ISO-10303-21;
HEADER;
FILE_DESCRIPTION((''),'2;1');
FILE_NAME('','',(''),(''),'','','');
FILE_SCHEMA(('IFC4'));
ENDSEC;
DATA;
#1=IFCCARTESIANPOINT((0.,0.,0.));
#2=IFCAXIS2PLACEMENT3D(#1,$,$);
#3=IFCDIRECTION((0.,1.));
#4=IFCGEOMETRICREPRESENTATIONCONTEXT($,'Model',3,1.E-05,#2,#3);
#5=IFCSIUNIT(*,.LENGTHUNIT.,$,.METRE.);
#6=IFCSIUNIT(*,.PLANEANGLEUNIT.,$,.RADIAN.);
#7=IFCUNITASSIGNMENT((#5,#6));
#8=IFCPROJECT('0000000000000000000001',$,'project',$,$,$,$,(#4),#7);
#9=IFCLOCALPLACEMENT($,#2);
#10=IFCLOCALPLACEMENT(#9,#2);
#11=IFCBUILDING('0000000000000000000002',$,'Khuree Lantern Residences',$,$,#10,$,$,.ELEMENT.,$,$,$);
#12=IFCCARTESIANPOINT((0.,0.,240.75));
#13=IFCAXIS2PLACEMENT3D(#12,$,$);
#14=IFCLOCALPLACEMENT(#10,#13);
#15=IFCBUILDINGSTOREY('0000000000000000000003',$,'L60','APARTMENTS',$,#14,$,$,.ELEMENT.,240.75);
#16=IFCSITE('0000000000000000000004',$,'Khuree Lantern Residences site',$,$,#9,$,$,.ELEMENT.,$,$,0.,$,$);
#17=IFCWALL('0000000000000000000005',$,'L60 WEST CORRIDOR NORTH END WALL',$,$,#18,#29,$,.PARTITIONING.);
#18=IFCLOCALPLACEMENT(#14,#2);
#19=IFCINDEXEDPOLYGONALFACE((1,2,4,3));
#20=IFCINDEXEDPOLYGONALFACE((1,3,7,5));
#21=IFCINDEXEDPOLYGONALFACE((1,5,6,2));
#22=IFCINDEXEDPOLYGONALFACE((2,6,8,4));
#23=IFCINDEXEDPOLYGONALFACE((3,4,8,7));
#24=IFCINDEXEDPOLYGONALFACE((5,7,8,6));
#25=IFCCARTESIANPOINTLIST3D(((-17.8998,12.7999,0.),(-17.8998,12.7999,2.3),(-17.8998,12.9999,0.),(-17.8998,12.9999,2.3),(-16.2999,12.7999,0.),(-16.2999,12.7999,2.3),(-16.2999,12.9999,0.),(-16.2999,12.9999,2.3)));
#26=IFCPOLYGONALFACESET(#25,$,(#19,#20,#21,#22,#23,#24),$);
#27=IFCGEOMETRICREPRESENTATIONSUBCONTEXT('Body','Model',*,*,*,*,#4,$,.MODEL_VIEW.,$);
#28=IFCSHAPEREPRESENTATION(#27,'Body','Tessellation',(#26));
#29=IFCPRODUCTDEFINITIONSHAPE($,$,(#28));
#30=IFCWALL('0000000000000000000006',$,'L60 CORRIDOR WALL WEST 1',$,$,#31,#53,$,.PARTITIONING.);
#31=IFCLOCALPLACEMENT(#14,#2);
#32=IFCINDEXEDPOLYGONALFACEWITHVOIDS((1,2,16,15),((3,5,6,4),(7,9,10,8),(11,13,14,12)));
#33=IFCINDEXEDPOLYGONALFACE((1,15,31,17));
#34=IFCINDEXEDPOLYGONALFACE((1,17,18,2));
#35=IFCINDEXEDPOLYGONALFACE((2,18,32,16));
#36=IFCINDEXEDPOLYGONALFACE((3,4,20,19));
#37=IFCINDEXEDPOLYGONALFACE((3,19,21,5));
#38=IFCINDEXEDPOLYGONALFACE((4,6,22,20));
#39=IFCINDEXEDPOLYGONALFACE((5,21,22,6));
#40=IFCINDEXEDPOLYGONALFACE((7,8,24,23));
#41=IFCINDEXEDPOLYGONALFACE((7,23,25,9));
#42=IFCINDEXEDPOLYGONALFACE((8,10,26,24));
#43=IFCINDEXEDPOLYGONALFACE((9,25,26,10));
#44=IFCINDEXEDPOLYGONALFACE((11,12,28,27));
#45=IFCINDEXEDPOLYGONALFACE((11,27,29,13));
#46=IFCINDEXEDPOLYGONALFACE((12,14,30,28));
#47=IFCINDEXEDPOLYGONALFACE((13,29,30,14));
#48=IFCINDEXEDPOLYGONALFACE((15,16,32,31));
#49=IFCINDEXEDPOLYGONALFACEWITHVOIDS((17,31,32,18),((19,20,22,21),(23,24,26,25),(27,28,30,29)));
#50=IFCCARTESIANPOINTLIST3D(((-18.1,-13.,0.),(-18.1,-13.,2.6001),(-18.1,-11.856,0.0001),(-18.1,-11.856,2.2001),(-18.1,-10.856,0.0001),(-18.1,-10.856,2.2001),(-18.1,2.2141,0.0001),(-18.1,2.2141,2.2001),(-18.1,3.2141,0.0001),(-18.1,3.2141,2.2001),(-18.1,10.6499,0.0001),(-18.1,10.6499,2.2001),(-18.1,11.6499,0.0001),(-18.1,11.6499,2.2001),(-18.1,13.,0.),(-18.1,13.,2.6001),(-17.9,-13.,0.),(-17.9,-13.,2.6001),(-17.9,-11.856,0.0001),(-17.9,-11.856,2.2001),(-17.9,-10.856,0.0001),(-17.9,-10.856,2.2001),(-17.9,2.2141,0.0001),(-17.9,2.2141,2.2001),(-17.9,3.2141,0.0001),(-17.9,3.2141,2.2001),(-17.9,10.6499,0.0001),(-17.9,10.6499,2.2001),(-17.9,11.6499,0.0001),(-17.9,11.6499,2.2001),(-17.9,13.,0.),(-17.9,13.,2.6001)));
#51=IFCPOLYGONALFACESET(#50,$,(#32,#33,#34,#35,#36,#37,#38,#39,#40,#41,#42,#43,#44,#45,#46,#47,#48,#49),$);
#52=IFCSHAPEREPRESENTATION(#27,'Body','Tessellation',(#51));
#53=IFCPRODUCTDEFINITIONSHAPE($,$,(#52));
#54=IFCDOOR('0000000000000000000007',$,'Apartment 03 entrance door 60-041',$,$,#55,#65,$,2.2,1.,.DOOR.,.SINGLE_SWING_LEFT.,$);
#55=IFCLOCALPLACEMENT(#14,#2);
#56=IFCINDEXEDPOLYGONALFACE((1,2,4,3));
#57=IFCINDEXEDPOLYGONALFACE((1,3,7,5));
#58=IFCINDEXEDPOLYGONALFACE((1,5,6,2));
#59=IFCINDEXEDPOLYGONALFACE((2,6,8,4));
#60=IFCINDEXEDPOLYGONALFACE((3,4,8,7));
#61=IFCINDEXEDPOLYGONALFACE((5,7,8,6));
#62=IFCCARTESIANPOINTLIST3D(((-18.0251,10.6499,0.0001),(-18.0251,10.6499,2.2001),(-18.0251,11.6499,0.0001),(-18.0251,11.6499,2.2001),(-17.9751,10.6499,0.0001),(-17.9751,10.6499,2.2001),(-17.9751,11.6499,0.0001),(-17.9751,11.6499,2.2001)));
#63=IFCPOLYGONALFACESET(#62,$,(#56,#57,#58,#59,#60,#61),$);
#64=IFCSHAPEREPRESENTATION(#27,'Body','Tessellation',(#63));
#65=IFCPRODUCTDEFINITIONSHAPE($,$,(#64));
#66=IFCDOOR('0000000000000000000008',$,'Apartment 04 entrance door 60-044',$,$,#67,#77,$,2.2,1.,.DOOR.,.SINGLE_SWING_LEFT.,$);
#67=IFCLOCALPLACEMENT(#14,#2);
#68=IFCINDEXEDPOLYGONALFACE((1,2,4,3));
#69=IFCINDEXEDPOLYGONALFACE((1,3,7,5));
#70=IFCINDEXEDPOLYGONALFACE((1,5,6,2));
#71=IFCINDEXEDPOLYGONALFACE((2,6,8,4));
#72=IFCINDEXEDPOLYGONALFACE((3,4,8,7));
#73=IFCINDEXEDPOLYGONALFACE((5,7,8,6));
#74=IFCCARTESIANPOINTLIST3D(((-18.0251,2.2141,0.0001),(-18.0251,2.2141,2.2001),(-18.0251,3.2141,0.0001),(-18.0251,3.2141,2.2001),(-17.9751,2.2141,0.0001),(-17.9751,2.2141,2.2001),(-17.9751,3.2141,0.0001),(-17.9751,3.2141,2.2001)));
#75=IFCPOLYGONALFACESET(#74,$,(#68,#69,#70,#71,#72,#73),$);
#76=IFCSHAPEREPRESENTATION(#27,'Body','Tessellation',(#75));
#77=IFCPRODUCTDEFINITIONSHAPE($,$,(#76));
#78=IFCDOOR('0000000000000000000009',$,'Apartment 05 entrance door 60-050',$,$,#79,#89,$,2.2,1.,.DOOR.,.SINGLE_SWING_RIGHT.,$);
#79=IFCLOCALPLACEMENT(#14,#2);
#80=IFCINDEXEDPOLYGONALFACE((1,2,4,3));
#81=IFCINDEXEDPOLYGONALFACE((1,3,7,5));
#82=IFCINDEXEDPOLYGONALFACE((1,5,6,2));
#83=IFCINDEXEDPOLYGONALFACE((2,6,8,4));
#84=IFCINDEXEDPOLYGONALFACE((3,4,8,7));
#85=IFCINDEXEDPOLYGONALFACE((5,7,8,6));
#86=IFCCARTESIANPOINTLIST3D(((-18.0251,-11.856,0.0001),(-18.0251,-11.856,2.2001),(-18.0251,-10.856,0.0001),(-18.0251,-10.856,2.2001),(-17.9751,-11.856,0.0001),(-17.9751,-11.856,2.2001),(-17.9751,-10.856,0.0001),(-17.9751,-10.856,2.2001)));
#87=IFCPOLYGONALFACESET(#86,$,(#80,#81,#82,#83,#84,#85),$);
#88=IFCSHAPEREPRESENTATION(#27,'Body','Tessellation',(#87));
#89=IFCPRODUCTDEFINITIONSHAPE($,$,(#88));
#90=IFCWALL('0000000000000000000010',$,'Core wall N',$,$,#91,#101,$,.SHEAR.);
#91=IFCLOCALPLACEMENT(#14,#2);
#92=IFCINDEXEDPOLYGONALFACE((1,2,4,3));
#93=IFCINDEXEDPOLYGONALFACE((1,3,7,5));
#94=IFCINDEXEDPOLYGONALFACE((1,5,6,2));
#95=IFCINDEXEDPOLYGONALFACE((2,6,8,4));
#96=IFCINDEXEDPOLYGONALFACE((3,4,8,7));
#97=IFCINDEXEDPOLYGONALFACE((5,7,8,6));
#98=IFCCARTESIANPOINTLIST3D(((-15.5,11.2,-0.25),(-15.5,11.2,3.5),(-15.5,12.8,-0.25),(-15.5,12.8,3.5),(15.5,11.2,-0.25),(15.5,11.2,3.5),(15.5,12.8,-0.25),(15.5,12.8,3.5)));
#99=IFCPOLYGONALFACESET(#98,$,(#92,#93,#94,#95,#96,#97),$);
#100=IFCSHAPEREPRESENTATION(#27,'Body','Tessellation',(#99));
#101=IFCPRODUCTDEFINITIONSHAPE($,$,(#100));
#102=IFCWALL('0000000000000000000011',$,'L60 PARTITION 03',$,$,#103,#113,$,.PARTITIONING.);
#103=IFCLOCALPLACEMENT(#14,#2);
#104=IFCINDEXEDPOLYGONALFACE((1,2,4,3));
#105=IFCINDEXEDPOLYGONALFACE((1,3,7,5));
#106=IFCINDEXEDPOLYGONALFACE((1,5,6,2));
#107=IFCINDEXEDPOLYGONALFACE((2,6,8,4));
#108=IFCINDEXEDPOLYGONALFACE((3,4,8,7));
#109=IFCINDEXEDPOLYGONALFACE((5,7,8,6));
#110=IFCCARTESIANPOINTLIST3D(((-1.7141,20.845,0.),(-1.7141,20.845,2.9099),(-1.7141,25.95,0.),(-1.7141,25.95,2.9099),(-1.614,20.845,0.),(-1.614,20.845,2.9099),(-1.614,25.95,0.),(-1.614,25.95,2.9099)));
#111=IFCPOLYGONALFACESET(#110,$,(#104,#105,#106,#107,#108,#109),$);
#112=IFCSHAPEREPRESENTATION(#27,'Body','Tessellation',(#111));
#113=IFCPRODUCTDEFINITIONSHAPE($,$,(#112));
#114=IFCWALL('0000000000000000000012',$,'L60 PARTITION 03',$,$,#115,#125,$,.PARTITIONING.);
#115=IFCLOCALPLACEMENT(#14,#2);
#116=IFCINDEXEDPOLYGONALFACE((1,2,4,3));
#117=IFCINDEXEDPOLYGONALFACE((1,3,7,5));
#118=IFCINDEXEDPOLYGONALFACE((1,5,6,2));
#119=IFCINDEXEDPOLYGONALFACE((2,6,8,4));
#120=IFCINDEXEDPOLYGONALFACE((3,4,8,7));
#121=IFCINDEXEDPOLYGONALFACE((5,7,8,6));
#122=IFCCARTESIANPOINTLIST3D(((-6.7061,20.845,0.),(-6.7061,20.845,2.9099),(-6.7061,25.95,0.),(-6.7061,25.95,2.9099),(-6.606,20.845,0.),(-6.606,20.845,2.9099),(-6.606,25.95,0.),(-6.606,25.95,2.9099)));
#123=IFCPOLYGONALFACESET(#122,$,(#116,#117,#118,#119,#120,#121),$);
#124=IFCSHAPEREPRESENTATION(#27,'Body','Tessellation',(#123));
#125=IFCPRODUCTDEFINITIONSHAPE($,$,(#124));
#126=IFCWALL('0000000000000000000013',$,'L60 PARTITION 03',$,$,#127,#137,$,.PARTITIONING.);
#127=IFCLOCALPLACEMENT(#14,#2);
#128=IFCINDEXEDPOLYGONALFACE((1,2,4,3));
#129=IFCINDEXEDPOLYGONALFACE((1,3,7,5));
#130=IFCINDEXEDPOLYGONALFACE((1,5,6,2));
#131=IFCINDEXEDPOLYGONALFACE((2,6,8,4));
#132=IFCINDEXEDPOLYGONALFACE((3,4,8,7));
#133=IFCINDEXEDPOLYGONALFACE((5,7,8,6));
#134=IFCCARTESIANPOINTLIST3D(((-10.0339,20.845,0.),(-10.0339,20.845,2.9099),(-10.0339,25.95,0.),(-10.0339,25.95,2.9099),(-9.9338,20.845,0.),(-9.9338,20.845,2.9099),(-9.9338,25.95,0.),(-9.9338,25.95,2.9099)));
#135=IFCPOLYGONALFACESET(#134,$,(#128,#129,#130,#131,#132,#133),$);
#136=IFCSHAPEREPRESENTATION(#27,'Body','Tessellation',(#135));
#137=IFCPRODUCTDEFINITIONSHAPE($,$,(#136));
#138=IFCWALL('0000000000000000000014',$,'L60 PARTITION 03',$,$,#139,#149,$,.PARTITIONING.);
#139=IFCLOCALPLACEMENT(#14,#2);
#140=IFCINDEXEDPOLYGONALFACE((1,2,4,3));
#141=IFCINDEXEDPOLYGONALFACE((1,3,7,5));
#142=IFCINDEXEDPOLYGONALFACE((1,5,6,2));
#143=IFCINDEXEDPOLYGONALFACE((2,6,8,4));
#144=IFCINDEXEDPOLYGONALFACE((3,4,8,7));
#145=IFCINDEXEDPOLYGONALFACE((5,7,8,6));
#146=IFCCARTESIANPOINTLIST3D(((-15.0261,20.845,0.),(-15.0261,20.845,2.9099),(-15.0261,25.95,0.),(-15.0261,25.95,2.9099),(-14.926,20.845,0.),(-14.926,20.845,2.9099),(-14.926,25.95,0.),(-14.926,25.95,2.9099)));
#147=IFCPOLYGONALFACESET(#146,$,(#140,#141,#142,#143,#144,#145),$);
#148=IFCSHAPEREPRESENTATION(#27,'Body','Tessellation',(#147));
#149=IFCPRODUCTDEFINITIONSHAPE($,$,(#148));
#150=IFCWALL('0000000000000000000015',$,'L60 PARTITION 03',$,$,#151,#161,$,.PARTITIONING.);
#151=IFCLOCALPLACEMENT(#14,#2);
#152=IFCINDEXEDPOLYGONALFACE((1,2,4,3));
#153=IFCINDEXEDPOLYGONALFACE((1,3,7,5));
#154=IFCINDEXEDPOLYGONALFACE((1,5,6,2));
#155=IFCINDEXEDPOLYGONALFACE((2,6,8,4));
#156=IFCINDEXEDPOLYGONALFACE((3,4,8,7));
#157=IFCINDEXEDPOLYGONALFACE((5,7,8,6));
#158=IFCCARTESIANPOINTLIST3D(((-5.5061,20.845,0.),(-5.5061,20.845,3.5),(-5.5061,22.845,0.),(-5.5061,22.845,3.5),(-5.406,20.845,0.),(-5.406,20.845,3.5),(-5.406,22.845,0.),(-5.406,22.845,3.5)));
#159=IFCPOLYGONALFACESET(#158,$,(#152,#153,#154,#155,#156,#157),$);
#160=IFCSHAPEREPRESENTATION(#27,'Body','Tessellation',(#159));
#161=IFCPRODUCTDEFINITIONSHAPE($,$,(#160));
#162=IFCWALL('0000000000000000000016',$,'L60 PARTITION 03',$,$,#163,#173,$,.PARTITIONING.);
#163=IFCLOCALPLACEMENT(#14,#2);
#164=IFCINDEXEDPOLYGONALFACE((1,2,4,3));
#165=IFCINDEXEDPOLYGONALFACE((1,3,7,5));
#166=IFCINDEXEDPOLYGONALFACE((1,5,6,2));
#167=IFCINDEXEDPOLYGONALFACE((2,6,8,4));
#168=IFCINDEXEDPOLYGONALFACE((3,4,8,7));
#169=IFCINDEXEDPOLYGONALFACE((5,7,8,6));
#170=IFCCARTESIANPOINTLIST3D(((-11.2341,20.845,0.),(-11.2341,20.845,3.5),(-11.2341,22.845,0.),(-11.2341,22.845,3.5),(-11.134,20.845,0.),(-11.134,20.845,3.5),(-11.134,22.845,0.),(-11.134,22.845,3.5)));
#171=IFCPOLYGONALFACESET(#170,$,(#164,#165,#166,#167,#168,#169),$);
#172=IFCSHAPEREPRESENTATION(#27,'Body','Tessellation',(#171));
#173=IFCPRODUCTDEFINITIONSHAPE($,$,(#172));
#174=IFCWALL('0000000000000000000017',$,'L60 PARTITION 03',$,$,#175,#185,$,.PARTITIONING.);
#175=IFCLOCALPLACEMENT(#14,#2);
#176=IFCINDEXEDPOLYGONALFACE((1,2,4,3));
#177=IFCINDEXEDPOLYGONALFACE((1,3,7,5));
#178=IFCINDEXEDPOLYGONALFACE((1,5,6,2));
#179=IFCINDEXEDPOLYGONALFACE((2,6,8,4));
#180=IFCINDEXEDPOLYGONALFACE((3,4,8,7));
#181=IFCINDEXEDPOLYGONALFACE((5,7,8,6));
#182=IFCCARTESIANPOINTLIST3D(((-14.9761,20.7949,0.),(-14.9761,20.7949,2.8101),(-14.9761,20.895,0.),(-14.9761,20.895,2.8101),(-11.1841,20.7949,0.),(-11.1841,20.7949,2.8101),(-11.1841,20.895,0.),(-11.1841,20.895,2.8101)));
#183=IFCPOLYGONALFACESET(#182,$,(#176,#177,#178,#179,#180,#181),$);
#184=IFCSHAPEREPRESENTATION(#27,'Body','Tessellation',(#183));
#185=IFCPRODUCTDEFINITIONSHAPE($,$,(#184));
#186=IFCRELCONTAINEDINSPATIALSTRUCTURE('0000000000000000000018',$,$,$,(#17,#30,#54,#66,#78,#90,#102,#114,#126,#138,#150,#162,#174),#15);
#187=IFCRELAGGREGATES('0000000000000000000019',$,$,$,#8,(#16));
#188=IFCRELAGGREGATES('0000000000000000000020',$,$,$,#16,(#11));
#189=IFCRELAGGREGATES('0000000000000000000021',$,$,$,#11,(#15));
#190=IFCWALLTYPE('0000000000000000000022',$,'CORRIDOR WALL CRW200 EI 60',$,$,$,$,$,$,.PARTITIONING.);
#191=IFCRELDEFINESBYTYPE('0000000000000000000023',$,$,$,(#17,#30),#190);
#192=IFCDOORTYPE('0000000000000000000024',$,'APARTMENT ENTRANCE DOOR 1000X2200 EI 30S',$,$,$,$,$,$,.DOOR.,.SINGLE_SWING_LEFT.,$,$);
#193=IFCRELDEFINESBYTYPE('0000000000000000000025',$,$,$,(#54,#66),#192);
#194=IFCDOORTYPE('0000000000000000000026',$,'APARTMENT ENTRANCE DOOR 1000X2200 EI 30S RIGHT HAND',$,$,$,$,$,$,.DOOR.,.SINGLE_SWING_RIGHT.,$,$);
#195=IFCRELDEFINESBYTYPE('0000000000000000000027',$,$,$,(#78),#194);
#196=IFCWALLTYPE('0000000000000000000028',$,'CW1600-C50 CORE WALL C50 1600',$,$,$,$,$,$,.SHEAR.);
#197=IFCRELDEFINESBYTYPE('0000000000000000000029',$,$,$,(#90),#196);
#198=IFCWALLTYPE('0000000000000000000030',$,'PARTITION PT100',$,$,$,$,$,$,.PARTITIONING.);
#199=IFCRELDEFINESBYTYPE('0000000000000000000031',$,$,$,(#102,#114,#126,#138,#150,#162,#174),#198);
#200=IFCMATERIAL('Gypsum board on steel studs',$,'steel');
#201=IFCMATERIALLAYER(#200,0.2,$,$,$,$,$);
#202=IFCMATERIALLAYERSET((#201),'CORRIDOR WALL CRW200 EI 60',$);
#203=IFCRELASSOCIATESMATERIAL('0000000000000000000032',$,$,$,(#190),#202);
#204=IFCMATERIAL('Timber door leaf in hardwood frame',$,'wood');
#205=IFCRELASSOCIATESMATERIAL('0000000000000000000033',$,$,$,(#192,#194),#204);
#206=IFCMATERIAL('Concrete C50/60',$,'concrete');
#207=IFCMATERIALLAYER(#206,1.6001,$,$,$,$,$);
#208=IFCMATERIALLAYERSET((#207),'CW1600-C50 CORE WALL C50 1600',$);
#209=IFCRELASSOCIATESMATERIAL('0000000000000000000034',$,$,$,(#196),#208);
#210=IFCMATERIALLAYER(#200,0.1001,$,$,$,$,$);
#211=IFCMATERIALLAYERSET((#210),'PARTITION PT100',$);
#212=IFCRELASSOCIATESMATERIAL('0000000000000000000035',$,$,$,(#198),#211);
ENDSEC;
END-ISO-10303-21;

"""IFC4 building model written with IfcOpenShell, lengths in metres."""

from ifc_helpers import new_model, si_unit, direction, frame, frame_2d, origin, place, context, subcontext, project, spatial, rectangle, extrude, material, layer, layer_set, type_object, element, fill, save


model = new_model("IFC4")

# Units and contexts
model_context = context("Model", 3, precision=1e-05, world=origin(), true_north=direction((0.0, 1.0)))
body_context = subcontext(model_context, "Body", "Model", "MODEL_VIEW")
ifc_project = project(units=[si_unit("LENGTHUNIT", "METRE"), si_unit("PLANEANGLEUNIT", "RADIAN")], contexts=[model_context])

# Site, building, storey
site_placement = place(None, origin())
site = spatial("IfcSite", under=ifc_project, at=site_placement, Name="Khuree Lantern Residences site", CompositionType="ELEMENT", RefElevation=0.0)
building_placement = place(site_placement, origin())
building = spatial("IfcBuilding", under=site, at=building_placement, Name="Khuree Lantern Residences", CompositionType="ELEMENT")
storey_placement = place(building_placement, frame((0.0, 0.0, 240.75)))
storey = spatial("IfcBuildingStorey", under=building, at=storey_placement, Name="L60", Description="APARTMENTS", CompositionType="ELEMENT", Elevation=240.75)

# Shared definitions
ifc_material_1 = material(Name="Concrete C50/60", Category="concrete")

# Shared definitions
ifc_material_2 = material(Name="Timber door leaf in hardwood frame", Category="wood")

# Wall
ifc_material_3 = material(Name="Gypsum board on steel studs", Category="steel")
ifc_layer_1 = layer(ifc_material_3, 0.2)
ifc_layer_set_1 = layer_set([ifc_layer_1], Name="CORRIDOR WALL CRW200 EI 60")
wall_type_1 = type_object("IfcWallType", Name="CORRIDOR WALL CRW200 EI 60", PredefinedType="PARTITIONING", material=ifc_layer_set_1)
wall_1_placement = place(storey_placement, frame((-16.3, 12.8999, 0.0), z_axis=(0.0, 0.0, 1.0), x_axis=(-1.0, 0.0, 0.0)))
element("IfcWall", 1, at=wall_1_placement, inside=storey, type_object=wall_type_1, Name="L60 WEST CORRIDOR NORTH END WALL", PredefinedType="PARTITIONING", context=body_context, shape_type="SweptSolid", body=[
    extrude(rectangle(XDim=1.5999, YDim=0.2, at=frame_2d((0.7998, 0.0))), origin(), (0.0, 0.0, 1.0), 2.3),
])

# Wall, openings, doors
wall_2_placement = place(storey_placement, frame((-18.0, 13.0, 0.0), z_axis=(0.0, 0.0, 1.0), x_axis=(0.0, -1.0, 0.0)))
wall_2 = element("IfcWall", 2, at=wall_2_placement, inside=storey, type_object=wall_type_1, Name="L60 CORRIDOR WALL WEST 1", PredefinedType="PARTITIONING", context=body_context, shape_type="SweptSolid", body=[
    extrude(rectangle(XDim=26.0, YDim=0.2, at=frame_2d((13.0, 0.0))), origin(), (0.0, 0.0, 1.0), 2.6001),
])
opening_1_placement = place(wall_2_placement, frame((1.3501, 0.0, 0.0)))
opening_1 = element("IfcOpeningElement", 3, at=opening_1_placement, cuts=wall_2, PredefinedType="OPENING", context=body_context, shape_type="SweptSolid", body=[
    extrude(rectangle(XDim=1.0, YDim=2.2, at=frame_2d((0.5, 1.1001))), frame((0.0, 0.1099, 0.0), z_axis=(0.0, -1.0, 0.0), x_axis=(1.0, 0.0, 0.0)), (0.0, 0.0, 1.0), 0.22),
])
opening_2_placement = place(wall_2_placement, frame((9.7859, 0.0, 0.0)))
opening_2 = element("IfcOpeningElement", 4, at=opening_2_placement, cuts=wall_2, PredefinedType="OPENING", context=body_context, shape_type="SweptSolid", body=[
    extrude(rectangle(XDim=1.0, YDim=2.2, at=frame_2d((0.5, 1.1001))), frame((0.0, 0.1099, 0.0), z_axis=(0.0, -1.0, 0.0), x_axis=(1.0, 0.0, 0.0)), (0.0, 0.0, 1.0), 0.22),
])
opening_3_placement = place(wall_2_placement, frame((23.856, 0.0, 0.0)))
opening_3 = element("IfcOpeningElement", 5, at=opening_3_placement, cuts=wall_2, PredefinedType="OPENING", context=body_context, shape_type="SweptSolid", body=[
    extrude(rectangle(XDim=1.0, YDim=2.2, at=frame_2d((0.5, 1.1001))), frame((0.0, 0.1099, 0.0), z_axis=(0.0, -1.0, 0.0), x_axis=(1.0, 0.0, 0.0)), (0.0, 0.0, 1.0), 0.22),
])
door_type_1 = type_object("IfcDoorType", Name="APARTMENT ENTRANCE DOOR 1000X2200 EI 30S", OperationType="SINGLE_SWING_LEFT", PredefinedType="DOOR", material=ifc_material_2)
door_1_placement = place(opening_1_placement, origin())
door_1 = element("IfcDoor", 6, at=door_1_placement, inside=storey, type_object=door_type_1, Name="Apartment 03 entrance door 60-041", OperationType="SINGLE_SWING_LEFT", OverallHeight=2.2, OverallWidth=1.0, PredefinedType="DOOR", context=body_context, shape_type="SweptSolid", body=[
    extrude(rectangle(XDim=1.0, YDim=2.2, at=frame_2d((0.5, 1.1001))), frame((0.0, 0.0249, 0.0), z_axis=(0.0, -1.0, 0.0), x_axis=(1.0, 0.0, 0.0)), (0.0, 0.0, 1.0), 0.05),
])
fill(opening_1, door_1)
door_2_placement = place(opening_2_placement, origin())
door_2 = element("IfcDoor", 7, at=door_2_placement, inside=storey, type_object=door_type_1, Name="Apartment 04 entrance door 60-044", OperationType="SINGLE_SWING_LEFT", OverallHeight=2.2, OverallWidth=1.0, PredefinedType="DOOR", context=body_context, shape_type="SweptSolid", body=[
    extrude(rectangle(XDim=1.0, YDim=2.2, at=frame_2d((0.5, 1.1001))), frame((0.0, 0.0249, 0.0), z_axis=(0.0, -1.0, 0.0), x_axis=(1.0, 0.0, 0.0)), (0.0, 0.0, 1.0), 0.05),
])
fill(opening_2, door_2)
door_type_2 = type_object("IfcDoorType", Name="APARTMENT ENTRANCE DOOR 1000X2200 EI 30S RIGHT HAND", OperationType="SINGLE_SWING_RIGHT", PredefinedType="DOOR", material=ifc_material_2)
door_3_placement = place(opening_3_placement, origin())
door_3 = element("IfcDoor", 8, at=door_3_placement, inside=storey, type_object=door_type_2, Name="Apartment 05 entrance door 60-050", OperationType="SINGLE_SWING_RIGHT", OverallHeight=2.2, OverallWidth=1.0, PredefinedType="DOOR", context=body_context, shape_type="SweptSolid", body=[
    extrude(rectangle(XDim=1.0, YDim=2.2, at=frame_2d((0.5, 1.1001))), frame((0.0, 0.0249, 0.0), z_axis=(0.0, -1.0, 0.0), x_axis=(1.0, 0.0, 0.0)), (0.0, 0.0, 1.0), 0.05),
])
fill(opening_3, door_3)

# Walls
ifc_layer_2 = layer(ifc_material_1, 1.6001)
ifc_layer_set_2 = layer_set([ifc_layer_2], Name="CW1600-C50 CORE WALL C50 1600")
wall_type_2 = type_object("IfcWallType", Name="CW1600-C50 CORE WALL C50 1600", PredefinedType="SHEAR", material=ifc_layer_set_2)
wall_3_placement = place(storey_placement, frame((-15.5, 12.0, -0.25), z_axis=(0.0, 0.0, 1.0), x_axis=(1.0, 0.0, 0.0)))
element("IfcWall", 9, at=wall_3_placement, inside=storey, type_object=wall_type_2, Name="Core wall N", PredefinedType="SHEAR", context=body_context, shape_type="SweptSolid", body=[
    extrude(rectangle(XDim=31.0, YDim=1.6001, at=frame_2d((15.5, 0.0))), origin(), (0.0, 0.0, 1.0), 3.75),
])
ifc_layer_3 = layer(ifc_material_3, 0.1001)
ifc_layer_set_3 = layer_set([ifc_layer_3], Name="PARTITION PT100")
wall_type_3 = type_object("IfcWallType", Name="PARTITION PT100", PredefinedType="PARTITIONING", material=ifc_layer_set_3)
for number, where, z_axis, x_axis, name in (
    (10, (-1.6641, 20.845, 0.0), (0.0, 0.0, 1.0), (0.0, 1.0, 0.0), "L60 PARTITION 03"),
    (11, (-6.656, 20.845, 0.0), (0.0, 0.0, 1.0), (0.0, 1.0, 0.0), "L60 PARTITION 03"),
    (12, (-9.9839, 20.845, 0.0), (0.0, 0.0, 1.0), (0.0, 1.0, 0.0), "L60 PARTITION 03"),
    (13, (-14.9761, 20.845, 0.0), (0.0, 0.0, 1.0), (0.0, 1.0, 0.0), "L60 PARTITION 03"),
):
    element("IfcWall", number, at=place(storey_placement, frame(where, z_axis=z_axis, x_axis=x_axis)), inside=storey, type_object=wall_type_3, Name=name, PredefinedType="PARTITIONING", context=body_context, shape_type="SweptSolid", body=[
        extrude(rectangle(XDim=5.105, YDim=0.1001, at=frame_2d((2.5525, 0.0))), origin(), (0.0, 0.0, 1.0), 2.9099),
    ])
for number, where, z_axis, x_axis, name in (
    (14, (-5.4561, 20.845, 0.0), (0.0, 0.0, 1.0), (0.0, 1.0, 0.0), "L60 PARTITION 03"),
    (15, (-11.1841, 20.845, 0.0), (0.0, 0.0, 1.0), (0.0, 1.0, 0.0), "L60 PARTITION 03"),
):
    element("IfcWall", number, at=place(storey_placement, frame(where, z_axis=z_axis, x_axis=x_axis)), inside=storey, type_object=wall_type_3, Name=name, PredefinedType="PARTITIONING", context=body_context, shape_type="SweptSolid", body=[
        extrude(rectangle(XDim=2.0, YDim=0.1001, at=frame_2d((1.0, 0.0))), origin(), (0.0, 0.0, 1.0), 3.5),
    ])
wall_4_placement = place(storey_placement, frame((-11.1841, 20.845, 0.0), z_axis=(0.0, 0.0, 1.0), x_axis=(-1.0, 0.0, 0.0)))
element("IfcWall", 16, at=wall_4_placement, inside=storey, type_object=wall_type_3, Name="L60 PARTITION 03", PredefinedType="PARTITIONING", context=body_context, shape_type="SweptSolid", body=[
    extrude(rectangle(XDim=3.792, YDim=0.1001, at=frame_2d((1.896, 0.0))), origin(), (0.0, 0.0, 1.0), 2.8101),
])

save(model, "model.ifc")
